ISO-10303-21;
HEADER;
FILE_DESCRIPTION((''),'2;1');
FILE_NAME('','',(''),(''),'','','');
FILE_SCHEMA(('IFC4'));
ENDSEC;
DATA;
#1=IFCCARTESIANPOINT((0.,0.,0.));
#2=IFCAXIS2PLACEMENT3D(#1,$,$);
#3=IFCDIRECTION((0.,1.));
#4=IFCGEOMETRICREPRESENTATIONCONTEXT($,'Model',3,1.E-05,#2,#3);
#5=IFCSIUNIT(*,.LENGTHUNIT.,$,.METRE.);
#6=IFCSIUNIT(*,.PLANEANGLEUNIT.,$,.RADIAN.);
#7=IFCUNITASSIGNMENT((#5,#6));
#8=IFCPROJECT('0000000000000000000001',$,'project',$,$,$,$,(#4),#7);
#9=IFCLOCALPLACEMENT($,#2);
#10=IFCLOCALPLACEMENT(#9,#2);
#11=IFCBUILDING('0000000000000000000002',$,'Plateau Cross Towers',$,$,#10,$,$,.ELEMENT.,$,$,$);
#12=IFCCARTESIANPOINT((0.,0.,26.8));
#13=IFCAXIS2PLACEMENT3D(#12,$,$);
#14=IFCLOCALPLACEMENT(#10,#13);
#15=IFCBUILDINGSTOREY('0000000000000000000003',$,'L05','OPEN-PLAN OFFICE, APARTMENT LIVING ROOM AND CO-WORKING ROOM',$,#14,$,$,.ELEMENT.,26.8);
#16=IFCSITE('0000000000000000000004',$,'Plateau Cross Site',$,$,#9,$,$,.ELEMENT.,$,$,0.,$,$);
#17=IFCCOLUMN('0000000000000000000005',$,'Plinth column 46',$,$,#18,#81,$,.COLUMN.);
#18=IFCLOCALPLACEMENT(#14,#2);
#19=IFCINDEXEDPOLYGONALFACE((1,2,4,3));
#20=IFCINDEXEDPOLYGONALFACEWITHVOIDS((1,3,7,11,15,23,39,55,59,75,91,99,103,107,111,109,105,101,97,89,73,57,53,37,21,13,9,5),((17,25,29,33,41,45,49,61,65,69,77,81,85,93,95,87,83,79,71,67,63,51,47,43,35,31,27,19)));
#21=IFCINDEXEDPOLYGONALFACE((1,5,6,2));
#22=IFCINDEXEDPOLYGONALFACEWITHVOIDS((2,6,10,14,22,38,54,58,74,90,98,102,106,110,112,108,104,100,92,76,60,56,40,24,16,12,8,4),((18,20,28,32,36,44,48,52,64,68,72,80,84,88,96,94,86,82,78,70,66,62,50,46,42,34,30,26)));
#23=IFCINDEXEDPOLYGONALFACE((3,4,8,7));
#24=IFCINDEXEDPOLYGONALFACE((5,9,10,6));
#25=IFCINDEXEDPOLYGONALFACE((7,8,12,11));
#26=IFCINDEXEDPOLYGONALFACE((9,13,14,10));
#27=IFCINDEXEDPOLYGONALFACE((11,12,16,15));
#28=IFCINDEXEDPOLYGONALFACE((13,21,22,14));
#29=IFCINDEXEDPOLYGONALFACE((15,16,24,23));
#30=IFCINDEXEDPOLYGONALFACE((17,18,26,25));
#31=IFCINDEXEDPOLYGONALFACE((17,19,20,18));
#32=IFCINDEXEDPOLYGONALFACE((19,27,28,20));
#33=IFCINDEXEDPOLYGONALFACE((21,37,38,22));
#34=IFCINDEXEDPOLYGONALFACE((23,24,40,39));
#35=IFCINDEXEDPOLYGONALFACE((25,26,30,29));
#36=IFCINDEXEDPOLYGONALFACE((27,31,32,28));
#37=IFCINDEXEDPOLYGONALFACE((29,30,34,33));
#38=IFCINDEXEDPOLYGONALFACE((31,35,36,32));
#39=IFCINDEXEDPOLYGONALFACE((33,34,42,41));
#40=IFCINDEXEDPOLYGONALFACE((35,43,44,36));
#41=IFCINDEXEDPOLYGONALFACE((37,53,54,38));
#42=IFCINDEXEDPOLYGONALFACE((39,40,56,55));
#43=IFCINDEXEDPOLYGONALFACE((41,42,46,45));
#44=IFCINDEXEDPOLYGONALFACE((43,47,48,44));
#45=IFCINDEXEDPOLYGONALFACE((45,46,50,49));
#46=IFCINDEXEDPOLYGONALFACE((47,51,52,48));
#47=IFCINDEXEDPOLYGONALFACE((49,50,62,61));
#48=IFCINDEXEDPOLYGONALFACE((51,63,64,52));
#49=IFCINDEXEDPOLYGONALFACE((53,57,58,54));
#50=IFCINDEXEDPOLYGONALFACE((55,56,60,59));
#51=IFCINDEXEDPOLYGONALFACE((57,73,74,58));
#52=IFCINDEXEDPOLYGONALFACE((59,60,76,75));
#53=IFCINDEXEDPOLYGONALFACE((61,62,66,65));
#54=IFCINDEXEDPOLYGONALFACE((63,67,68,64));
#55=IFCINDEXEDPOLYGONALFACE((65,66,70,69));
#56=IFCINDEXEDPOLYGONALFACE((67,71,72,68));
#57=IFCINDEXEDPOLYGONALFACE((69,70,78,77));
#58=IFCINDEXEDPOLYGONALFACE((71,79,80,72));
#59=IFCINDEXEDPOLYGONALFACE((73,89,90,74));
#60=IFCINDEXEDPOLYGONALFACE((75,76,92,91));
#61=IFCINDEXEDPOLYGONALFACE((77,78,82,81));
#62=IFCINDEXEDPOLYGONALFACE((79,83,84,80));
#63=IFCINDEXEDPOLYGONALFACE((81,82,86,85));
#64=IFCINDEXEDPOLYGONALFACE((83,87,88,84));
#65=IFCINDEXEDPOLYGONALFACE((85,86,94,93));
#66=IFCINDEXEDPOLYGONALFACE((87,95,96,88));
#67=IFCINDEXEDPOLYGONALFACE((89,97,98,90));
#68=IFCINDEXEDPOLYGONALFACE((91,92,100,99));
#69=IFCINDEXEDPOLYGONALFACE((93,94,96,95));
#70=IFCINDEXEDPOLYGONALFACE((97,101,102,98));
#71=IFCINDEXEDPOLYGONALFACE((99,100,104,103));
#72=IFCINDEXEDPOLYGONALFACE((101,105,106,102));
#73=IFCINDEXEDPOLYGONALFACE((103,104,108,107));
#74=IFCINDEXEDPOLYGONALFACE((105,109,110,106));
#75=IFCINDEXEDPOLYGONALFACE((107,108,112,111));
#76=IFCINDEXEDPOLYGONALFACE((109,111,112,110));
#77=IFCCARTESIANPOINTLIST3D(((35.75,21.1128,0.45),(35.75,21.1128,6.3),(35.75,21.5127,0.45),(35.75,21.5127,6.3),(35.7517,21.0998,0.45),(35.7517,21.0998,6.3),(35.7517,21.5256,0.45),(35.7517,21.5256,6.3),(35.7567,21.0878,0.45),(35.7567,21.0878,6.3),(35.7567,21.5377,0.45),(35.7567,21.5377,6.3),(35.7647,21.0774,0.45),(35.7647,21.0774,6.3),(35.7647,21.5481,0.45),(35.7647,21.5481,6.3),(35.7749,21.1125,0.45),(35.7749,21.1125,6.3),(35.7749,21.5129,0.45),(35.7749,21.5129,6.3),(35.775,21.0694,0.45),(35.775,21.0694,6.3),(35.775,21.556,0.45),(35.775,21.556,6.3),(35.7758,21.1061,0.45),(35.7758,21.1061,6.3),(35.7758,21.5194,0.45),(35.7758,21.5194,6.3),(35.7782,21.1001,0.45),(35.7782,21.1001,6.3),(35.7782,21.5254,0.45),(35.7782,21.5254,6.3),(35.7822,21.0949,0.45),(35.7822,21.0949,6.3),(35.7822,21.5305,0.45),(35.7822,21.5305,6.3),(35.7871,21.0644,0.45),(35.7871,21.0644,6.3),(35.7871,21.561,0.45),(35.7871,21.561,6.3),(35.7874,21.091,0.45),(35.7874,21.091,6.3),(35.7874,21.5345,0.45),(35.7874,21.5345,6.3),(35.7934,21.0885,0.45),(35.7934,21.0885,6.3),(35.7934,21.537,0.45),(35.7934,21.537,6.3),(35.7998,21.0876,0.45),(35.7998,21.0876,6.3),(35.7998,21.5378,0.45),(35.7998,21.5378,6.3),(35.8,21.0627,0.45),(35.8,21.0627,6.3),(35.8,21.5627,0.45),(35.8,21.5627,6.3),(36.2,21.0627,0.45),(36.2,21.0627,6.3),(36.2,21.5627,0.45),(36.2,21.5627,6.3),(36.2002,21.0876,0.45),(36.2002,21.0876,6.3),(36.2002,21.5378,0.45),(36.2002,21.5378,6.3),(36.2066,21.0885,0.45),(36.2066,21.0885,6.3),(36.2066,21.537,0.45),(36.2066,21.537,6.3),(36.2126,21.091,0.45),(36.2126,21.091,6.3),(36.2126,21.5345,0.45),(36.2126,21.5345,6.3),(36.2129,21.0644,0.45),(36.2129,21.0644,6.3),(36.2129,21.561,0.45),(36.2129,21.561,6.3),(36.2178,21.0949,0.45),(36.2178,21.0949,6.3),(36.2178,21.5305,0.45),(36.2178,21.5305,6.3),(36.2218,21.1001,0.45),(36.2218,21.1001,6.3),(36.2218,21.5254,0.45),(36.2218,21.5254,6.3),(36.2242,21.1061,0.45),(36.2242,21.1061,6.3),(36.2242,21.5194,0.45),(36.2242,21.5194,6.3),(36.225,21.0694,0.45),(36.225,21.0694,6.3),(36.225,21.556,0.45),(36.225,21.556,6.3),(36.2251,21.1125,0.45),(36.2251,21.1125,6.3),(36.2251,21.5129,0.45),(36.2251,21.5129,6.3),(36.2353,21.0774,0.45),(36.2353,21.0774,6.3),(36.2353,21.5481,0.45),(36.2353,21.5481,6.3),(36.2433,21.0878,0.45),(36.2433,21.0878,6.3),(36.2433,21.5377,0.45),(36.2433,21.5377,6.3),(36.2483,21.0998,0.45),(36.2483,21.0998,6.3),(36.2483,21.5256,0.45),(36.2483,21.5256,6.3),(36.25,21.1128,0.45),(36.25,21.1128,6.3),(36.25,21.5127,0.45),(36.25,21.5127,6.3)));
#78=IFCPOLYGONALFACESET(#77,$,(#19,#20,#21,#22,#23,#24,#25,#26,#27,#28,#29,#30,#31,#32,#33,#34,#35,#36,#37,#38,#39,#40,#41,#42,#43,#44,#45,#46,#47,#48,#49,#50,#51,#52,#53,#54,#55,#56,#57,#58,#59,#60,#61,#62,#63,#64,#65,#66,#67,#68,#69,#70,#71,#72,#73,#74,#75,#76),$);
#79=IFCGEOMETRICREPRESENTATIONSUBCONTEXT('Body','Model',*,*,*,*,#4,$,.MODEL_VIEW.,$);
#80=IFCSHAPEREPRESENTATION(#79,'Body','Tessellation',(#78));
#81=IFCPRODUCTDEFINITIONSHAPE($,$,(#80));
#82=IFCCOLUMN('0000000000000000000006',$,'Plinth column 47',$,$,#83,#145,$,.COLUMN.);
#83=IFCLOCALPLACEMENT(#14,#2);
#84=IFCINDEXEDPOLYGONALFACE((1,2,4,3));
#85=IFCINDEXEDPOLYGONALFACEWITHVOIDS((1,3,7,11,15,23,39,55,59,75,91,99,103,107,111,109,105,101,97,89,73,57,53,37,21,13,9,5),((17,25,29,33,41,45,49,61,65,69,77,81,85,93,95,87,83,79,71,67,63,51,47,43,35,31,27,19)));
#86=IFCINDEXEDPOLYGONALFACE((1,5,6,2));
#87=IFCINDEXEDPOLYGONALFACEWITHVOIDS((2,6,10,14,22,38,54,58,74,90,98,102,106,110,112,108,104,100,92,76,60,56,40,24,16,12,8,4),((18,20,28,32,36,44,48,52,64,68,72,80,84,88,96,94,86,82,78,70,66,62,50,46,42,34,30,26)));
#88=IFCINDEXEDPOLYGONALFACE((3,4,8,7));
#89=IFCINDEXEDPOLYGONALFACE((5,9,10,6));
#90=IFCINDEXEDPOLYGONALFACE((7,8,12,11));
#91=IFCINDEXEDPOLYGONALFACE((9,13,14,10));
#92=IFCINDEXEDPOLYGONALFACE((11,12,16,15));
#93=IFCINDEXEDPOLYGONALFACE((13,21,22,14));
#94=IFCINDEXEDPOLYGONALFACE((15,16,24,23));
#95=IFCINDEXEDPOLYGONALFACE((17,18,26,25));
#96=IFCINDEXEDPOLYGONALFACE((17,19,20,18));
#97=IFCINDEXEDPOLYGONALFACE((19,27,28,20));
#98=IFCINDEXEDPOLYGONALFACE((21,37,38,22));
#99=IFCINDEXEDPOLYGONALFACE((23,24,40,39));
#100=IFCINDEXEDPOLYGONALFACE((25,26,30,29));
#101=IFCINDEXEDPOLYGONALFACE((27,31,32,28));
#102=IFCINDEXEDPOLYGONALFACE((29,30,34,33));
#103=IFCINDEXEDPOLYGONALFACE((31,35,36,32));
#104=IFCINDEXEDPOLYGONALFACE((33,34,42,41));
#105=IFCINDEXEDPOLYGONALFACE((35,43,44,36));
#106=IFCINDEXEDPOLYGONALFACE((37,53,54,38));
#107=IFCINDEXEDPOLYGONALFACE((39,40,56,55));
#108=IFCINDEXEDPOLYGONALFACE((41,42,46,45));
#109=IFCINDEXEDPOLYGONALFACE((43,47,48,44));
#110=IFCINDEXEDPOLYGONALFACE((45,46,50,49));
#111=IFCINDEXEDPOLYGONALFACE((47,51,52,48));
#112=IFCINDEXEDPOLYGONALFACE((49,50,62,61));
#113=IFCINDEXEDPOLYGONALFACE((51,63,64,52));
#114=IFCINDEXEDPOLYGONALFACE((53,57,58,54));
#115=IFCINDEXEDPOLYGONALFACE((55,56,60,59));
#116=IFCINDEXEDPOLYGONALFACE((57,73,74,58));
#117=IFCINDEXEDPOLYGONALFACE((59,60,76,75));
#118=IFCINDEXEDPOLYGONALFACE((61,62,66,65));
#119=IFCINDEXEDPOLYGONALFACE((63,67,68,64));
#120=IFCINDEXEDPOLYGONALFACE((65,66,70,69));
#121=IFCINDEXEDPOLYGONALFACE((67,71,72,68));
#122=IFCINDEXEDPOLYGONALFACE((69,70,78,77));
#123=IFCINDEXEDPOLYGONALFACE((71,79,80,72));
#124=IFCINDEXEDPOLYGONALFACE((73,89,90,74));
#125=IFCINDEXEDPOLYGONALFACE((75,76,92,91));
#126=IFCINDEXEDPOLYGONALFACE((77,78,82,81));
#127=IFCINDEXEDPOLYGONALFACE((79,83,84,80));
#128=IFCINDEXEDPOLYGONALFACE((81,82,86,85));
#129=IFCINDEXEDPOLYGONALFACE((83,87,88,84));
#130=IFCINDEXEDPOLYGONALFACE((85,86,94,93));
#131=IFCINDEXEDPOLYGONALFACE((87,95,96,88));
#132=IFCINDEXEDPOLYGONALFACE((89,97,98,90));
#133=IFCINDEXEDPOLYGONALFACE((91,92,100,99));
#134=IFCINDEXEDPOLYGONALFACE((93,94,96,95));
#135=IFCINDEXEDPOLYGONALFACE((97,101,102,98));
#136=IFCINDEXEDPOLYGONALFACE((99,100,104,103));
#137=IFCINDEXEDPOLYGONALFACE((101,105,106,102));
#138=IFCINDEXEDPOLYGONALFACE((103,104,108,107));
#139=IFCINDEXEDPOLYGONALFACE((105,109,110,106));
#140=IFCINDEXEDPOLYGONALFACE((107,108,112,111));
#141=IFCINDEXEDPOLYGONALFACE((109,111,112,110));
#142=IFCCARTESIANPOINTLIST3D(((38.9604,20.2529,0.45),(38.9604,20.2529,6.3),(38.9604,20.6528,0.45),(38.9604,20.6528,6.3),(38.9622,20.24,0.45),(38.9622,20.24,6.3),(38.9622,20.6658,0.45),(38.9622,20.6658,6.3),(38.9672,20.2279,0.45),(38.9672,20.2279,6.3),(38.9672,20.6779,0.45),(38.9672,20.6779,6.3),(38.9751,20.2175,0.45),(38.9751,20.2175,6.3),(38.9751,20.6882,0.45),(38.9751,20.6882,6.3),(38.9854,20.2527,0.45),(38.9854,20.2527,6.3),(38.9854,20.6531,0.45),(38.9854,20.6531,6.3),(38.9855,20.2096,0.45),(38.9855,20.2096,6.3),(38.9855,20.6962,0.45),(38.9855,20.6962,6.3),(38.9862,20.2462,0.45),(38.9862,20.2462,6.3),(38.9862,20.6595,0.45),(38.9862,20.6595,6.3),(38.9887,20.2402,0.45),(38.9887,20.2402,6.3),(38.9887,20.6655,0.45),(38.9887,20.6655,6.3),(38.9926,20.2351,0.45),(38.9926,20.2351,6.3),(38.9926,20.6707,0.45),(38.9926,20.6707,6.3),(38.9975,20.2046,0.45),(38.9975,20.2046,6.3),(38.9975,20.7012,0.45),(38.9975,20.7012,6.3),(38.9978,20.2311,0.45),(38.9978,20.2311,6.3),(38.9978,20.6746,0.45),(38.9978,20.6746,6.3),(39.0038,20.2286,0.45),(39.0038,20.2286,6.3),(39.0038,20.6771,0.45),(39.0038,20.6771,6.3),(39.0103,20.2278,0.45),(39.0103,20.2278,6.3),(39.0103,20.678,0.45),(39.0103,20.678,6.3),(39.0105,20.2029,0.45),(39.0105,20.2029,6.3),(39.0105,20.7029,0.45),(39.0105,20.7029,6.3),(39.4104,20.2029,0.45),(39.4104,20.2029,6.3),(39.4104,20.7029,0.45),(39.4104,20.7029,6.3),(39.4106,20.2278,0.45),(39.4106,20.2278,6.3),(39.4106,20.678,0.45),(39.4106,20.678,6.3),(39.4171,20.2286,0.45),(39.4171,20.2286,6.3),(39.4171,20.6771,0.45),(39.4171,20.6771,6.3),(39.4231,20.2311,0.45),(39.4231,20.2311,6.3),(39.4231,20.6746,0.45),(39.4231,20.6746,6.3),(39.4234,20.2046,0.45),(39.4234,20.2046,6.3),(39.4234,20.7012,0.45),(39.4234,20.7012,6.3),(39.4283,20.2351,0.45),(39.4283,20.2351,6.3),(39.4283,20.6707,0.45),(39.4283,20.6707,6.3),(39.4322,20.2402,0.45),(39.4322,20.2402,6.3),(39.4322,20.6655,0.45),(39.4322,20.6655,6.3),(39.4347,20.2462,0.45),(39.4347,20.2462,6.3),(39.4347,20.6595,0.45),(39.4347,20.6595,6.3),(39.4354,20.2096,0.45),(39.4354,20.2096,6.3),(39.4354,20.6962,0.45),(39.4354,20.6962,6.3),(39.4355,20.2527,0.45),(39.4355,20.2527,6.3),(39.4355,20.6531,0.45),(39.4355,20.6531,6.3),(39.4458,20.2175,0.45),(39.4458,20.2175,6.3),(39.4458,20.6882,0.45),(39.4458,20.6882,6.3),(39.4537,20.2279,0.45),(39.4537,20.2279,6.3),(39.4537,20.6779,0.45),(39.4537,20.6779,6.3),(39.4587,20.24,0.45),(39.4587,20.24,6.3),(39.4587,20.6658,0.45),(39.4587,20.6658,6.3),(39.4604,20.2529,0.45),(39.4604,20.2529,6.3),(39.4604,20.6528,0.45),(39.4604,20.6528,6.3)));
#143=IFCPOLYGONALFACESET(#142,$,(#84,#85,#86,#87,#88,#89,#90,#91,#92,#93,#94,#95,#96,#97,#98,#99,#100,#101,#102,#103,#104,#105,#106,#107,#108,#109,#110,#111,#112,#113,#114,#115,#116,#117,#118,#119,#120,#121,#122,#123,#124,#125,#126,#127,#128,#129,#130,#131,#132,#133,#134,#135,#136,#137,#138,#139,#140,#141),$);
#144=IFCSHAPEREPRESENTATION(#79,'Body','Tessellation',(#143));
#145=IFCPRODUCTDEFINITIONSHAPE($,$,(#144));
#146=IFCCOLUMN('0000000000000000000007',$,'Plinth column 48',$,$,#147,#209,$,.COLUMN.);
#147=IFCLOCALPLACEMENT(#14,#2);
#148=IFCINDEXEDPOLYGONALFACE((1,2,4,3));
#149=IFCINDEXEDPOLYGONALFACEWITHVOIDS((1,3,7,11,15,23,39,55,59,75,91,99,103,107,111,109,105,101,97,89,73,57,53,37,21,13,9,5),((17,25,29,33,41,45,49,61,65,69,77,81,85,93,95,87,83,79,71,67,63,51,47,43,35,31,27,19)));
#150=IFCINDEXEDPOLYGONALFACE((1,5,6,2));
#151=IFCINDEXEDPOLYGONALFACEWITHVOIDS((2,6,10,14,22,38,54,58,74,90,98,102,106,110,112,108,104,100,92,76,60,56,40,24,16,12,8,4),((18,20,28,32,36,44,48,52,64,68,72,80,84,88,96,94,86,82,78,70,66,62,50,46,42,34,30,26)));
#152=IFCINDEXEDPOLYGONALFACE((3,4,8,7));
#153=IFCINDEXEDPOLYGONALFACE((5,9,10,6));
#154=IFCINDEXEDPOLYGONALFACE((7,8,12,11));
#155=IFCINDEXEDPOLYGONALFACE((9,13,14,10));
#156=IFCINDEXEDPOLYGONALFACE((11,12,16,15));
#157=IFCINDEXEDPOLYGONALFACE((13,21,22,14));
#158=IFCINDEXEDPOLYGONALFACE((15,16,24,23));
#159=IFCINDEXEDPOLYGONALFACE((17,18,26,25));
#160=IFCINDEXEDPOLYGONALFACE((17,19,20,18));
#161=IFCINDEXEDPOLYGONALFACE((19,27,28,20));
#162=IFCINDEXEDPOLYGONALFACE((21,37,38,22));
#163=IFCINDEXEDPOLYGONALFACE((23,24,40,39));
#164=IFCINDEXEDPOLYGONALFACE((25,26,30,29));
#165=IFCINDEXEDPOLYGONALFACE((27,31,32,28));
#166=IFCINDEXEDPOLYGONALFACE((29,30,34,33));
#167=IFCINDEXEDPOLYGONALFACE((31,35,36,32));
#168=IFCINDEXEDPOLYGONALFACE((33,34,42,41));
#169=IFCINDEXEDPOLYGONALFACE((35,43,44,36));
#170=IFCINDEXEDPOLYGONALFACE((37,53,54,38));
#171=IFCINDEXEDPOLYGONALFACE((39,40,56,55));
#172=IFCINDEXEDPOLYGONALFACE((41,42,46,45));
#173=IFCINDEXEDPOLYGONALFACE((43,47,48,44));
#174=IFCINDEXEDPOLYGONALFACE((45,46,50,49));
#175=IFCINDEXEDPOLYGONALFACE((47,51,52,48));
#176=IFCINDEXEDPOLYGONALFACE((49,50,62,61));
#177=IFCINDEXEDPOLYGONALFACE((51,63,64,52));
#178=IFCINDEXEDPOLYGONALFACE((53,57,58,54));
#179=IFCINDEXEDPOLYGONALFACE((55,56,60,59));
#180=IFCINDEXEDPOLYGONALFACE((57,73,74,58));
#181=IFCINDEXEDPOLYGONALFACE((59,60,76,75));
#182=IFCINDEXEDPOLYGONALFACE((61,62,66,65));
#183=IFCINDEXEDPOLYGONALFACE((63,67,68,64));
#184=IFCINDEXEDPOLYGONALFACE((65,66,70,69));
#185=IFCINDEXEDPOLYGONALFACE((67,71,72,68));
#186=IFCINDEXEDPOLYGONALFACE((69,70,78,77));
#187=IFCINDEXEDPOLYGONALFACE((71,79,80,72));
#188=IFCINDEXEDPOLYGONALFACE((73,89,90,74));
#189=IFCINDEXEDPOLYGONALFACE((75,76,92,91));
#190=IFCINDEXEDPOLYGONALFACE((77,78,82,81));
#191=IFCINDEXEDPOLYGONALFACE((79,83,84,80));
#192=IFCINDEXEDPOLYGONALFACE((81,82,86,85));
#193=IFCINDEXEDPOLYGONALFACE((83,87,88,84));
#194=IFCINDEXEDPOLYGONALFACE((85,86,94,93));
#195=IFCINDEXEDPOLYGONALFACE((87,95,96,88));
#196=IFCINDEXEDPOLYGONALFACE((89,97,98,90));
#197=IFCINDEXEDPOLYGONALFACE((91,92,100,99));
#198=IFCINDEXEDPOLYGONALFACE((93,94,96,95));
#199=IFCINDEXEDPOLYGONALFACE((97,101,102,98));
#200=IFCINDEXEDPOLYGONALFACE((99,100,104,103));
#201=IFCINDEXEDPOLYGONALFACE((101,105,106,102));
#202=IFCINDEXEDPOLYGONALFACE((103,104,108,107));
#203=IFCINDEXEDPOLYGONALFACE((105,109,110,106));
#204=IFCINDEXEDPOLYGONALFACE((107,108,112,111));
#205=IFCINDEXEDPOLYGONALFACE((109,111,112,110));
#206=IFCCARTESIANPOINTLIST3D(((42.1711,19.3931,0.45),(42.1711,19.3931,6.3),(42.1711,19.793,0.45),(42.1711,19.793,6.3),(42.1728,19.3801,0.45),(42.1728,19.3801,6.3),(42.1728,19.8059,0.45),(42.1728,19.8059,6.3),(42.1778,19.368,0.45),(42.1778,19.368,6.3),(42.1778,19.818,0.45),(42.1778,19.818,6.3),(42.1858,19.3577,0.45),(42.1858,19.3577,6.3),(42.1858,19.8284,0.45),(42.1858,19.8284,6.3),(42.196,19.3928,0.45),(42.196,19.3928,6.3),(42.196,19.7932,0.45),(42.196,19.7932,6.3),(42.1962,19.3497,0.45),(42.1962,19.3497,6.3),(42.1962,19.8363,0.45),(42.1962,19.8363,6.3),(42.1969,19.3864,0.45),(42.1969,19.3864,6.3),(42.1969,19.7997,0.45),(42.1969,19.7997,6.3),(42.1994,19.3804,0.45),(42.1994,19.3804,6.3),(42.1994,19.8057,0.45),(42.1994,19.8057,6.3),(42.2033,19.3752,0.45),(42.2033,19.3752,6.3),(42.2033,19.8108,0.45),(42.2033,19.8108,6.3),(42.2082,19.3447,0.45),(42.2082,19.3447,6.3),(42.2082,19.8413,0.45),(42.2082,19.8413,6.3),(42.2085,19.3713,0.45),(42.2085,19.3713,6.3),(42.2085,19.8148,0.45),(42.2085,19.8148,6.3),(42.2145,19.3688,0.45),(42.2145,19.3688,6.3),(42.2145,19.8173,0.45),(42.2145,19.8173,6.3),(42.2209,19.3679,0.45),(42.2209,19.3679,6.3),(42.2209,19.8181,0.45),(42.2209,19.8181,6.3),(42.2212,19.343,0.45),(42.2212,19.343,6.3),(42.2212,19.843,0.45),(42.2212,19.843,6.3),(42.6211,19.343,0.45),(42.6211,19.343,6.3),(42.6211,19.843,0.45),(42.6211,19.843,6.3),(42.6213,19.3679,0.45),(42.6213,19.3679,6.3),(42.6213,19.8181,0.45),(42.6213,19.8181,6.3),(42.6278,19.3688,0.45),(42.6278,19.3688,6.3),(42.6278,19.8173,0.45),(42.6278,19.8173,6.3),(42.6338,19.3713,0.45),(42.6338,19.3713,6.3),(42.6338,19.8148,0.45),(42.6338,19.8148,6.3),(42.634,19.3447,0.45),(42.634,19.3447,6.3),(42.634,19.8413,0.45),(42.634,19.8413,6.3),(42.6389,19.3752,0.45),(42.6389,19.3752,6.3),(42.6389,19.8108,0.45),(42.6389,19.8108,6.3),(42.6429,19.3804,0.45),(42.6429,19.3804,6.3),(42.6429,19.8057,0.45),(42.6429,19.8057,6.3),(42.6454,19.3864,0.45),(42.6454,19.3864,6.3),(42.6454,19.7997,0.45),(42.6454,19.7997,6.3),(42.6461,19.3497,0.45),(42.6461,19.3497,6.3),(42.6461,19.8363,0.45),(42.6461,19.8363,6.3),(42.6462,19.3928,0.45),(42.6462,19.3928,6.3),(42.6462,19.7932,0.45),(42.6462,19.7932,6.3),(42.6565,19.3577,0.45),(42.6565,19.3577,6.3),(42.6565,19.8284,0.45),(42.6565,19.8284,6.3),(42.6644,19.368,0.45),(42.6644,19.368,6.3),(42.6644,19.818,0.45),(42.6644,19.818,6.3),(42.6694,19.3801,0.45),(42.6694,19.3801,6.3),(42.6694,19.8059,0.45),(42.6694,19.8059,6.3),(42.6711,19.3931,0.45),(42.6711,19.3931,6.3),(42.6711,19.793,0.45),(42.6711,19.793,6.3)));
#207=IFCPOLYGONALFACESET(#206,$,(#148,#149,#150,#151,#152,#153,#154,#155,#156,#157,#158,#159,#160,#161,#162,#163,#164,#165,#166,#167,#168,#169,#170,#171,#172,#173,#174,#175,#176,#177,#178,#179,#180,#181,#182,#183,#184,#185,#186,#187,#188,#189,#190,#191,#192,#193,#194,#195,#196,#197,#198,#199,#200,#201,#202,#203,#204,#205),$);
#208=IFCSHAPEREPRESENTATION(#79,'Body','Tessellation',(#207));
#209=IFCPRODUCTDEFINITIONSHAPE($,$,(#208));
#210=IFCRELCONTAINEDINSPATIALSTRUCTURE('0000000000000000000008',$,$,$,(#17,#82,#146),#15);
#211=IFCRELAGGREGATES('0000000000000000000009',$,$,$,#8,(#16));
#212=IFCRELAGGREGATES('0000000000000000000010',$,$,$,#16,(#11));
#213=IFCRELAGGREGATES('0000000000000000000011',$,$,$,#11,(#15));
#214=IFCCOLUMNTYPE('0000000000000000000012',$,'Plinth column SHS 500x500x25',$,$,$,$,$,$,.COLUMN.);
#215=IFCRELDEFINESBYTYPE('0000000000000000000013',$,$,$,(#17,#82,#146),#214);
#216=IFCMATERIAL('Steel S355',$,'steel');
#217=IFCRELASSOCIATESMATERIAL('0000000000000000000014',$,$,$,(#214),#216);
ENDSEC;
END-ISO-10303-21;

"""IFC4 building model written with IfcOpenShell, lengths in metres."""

from ifc_helpers import new_model, si_unit, direction, frame, origin, origin_2d, place, context, subcontext, project, spatial, hollow_rectangle, extrude, material, material_profile, profile_set, type_object, element, save


model = new_model("IFC4")

# Units and contexts
model_context = context("Model", 3, precision=1e-05, world=origin(), true_north=direction((0.0, 1.0)))
body_context = subcontext(model_context, "Body", "Model", "MODEL_VIEW")
ifc_project = project(units=[si_unit("LENGTHUNIT", "METRE"), si_unit("PLANEANGLEUNIT", "RADIAN")], contexts=[model_context])

# Site, building, storey
site_placement = place(None, origin())
site = spatial("IfcSite", under=ifc_project, at=site_placement, Name="Plateau Cross Site", CompositionType="ELEMENT", RefElevation=0.0)
building_placement = place(site_placement, origin())
building = spatial("IfcBuilding", under=site, at=building_placement, Name="Plateau Cross Towers", CompositionType="ELEMENT")
storey_placement = place(building_placement, frame((0.0, 0.0, 26.8)))
storey = spatial("IfcBuildingStorey", under=building, at=storey_placement, Name="L05", Description="OPEN-PLAN OFFICE, APARTMENT LIVING ROOM AND CO-WORKING ROOM", CompositionType="ELEMENT", Elevation=26.8)

# Columns
ifc_material_1 = material(Name="Steel S355", Category="steel")
ifc_material_profile_1 = material_profile(ifc_material_1, hollow_rectangle(XDim=0.5, YDim=0.5, WallThickness=0.0249, InnerFilletRadius=0.0249, OuterFilletRadius=0.05, at=origin_2d()), Name="SHS 500x500x25")
ifc_profile_set_1 = profile_set([ifc_material_profile_1], Name="Steel S355")
column_type_1 = type_object("IfcColumnType", Name="Plinth column SHS 500x500x25", PredefinedType="COLUMN", material=ifc_profile_set_1)
for number, where, z_axis, x_axis, name in (
    (1, (36.0, 21.3127, 0.45), (0.0, 0.0, 1.0), (1.0, 0.0, 0.0), "Plinth column 46"),
    (2, (39.2104, 20.4529, 0.45), (0.0, 0.0, 1.0), (1.0, 0.0, 0.0), "Plinth column 47"),
    (3, (42.4211, 19.593, 0.45), (0.0, 0.0, 1.0), (1.0, 0.0, 0.0), "Plinth column 48"),
):
    element("IfcColumn", number, at=place(storey_placement, frame(where, z_axis=z_axis, x_axis=x_axis)), inside=storey, type_object=column_type_1, Name=name, PredefinedType="COLUMN", context=body_context, shape_type="SweptSolid", body=[
        extrude(hollow_rectangle(XDim=0.5, YDim=0.5, WallThickness=0.0249, InnerFilletRadius=0.0249, OuterFilletRadius=0.05, at=origin_2d()), origin(), (0.0, 0.0, 1.0), 5.8501),
    ])

save(model, "model.ifc")
